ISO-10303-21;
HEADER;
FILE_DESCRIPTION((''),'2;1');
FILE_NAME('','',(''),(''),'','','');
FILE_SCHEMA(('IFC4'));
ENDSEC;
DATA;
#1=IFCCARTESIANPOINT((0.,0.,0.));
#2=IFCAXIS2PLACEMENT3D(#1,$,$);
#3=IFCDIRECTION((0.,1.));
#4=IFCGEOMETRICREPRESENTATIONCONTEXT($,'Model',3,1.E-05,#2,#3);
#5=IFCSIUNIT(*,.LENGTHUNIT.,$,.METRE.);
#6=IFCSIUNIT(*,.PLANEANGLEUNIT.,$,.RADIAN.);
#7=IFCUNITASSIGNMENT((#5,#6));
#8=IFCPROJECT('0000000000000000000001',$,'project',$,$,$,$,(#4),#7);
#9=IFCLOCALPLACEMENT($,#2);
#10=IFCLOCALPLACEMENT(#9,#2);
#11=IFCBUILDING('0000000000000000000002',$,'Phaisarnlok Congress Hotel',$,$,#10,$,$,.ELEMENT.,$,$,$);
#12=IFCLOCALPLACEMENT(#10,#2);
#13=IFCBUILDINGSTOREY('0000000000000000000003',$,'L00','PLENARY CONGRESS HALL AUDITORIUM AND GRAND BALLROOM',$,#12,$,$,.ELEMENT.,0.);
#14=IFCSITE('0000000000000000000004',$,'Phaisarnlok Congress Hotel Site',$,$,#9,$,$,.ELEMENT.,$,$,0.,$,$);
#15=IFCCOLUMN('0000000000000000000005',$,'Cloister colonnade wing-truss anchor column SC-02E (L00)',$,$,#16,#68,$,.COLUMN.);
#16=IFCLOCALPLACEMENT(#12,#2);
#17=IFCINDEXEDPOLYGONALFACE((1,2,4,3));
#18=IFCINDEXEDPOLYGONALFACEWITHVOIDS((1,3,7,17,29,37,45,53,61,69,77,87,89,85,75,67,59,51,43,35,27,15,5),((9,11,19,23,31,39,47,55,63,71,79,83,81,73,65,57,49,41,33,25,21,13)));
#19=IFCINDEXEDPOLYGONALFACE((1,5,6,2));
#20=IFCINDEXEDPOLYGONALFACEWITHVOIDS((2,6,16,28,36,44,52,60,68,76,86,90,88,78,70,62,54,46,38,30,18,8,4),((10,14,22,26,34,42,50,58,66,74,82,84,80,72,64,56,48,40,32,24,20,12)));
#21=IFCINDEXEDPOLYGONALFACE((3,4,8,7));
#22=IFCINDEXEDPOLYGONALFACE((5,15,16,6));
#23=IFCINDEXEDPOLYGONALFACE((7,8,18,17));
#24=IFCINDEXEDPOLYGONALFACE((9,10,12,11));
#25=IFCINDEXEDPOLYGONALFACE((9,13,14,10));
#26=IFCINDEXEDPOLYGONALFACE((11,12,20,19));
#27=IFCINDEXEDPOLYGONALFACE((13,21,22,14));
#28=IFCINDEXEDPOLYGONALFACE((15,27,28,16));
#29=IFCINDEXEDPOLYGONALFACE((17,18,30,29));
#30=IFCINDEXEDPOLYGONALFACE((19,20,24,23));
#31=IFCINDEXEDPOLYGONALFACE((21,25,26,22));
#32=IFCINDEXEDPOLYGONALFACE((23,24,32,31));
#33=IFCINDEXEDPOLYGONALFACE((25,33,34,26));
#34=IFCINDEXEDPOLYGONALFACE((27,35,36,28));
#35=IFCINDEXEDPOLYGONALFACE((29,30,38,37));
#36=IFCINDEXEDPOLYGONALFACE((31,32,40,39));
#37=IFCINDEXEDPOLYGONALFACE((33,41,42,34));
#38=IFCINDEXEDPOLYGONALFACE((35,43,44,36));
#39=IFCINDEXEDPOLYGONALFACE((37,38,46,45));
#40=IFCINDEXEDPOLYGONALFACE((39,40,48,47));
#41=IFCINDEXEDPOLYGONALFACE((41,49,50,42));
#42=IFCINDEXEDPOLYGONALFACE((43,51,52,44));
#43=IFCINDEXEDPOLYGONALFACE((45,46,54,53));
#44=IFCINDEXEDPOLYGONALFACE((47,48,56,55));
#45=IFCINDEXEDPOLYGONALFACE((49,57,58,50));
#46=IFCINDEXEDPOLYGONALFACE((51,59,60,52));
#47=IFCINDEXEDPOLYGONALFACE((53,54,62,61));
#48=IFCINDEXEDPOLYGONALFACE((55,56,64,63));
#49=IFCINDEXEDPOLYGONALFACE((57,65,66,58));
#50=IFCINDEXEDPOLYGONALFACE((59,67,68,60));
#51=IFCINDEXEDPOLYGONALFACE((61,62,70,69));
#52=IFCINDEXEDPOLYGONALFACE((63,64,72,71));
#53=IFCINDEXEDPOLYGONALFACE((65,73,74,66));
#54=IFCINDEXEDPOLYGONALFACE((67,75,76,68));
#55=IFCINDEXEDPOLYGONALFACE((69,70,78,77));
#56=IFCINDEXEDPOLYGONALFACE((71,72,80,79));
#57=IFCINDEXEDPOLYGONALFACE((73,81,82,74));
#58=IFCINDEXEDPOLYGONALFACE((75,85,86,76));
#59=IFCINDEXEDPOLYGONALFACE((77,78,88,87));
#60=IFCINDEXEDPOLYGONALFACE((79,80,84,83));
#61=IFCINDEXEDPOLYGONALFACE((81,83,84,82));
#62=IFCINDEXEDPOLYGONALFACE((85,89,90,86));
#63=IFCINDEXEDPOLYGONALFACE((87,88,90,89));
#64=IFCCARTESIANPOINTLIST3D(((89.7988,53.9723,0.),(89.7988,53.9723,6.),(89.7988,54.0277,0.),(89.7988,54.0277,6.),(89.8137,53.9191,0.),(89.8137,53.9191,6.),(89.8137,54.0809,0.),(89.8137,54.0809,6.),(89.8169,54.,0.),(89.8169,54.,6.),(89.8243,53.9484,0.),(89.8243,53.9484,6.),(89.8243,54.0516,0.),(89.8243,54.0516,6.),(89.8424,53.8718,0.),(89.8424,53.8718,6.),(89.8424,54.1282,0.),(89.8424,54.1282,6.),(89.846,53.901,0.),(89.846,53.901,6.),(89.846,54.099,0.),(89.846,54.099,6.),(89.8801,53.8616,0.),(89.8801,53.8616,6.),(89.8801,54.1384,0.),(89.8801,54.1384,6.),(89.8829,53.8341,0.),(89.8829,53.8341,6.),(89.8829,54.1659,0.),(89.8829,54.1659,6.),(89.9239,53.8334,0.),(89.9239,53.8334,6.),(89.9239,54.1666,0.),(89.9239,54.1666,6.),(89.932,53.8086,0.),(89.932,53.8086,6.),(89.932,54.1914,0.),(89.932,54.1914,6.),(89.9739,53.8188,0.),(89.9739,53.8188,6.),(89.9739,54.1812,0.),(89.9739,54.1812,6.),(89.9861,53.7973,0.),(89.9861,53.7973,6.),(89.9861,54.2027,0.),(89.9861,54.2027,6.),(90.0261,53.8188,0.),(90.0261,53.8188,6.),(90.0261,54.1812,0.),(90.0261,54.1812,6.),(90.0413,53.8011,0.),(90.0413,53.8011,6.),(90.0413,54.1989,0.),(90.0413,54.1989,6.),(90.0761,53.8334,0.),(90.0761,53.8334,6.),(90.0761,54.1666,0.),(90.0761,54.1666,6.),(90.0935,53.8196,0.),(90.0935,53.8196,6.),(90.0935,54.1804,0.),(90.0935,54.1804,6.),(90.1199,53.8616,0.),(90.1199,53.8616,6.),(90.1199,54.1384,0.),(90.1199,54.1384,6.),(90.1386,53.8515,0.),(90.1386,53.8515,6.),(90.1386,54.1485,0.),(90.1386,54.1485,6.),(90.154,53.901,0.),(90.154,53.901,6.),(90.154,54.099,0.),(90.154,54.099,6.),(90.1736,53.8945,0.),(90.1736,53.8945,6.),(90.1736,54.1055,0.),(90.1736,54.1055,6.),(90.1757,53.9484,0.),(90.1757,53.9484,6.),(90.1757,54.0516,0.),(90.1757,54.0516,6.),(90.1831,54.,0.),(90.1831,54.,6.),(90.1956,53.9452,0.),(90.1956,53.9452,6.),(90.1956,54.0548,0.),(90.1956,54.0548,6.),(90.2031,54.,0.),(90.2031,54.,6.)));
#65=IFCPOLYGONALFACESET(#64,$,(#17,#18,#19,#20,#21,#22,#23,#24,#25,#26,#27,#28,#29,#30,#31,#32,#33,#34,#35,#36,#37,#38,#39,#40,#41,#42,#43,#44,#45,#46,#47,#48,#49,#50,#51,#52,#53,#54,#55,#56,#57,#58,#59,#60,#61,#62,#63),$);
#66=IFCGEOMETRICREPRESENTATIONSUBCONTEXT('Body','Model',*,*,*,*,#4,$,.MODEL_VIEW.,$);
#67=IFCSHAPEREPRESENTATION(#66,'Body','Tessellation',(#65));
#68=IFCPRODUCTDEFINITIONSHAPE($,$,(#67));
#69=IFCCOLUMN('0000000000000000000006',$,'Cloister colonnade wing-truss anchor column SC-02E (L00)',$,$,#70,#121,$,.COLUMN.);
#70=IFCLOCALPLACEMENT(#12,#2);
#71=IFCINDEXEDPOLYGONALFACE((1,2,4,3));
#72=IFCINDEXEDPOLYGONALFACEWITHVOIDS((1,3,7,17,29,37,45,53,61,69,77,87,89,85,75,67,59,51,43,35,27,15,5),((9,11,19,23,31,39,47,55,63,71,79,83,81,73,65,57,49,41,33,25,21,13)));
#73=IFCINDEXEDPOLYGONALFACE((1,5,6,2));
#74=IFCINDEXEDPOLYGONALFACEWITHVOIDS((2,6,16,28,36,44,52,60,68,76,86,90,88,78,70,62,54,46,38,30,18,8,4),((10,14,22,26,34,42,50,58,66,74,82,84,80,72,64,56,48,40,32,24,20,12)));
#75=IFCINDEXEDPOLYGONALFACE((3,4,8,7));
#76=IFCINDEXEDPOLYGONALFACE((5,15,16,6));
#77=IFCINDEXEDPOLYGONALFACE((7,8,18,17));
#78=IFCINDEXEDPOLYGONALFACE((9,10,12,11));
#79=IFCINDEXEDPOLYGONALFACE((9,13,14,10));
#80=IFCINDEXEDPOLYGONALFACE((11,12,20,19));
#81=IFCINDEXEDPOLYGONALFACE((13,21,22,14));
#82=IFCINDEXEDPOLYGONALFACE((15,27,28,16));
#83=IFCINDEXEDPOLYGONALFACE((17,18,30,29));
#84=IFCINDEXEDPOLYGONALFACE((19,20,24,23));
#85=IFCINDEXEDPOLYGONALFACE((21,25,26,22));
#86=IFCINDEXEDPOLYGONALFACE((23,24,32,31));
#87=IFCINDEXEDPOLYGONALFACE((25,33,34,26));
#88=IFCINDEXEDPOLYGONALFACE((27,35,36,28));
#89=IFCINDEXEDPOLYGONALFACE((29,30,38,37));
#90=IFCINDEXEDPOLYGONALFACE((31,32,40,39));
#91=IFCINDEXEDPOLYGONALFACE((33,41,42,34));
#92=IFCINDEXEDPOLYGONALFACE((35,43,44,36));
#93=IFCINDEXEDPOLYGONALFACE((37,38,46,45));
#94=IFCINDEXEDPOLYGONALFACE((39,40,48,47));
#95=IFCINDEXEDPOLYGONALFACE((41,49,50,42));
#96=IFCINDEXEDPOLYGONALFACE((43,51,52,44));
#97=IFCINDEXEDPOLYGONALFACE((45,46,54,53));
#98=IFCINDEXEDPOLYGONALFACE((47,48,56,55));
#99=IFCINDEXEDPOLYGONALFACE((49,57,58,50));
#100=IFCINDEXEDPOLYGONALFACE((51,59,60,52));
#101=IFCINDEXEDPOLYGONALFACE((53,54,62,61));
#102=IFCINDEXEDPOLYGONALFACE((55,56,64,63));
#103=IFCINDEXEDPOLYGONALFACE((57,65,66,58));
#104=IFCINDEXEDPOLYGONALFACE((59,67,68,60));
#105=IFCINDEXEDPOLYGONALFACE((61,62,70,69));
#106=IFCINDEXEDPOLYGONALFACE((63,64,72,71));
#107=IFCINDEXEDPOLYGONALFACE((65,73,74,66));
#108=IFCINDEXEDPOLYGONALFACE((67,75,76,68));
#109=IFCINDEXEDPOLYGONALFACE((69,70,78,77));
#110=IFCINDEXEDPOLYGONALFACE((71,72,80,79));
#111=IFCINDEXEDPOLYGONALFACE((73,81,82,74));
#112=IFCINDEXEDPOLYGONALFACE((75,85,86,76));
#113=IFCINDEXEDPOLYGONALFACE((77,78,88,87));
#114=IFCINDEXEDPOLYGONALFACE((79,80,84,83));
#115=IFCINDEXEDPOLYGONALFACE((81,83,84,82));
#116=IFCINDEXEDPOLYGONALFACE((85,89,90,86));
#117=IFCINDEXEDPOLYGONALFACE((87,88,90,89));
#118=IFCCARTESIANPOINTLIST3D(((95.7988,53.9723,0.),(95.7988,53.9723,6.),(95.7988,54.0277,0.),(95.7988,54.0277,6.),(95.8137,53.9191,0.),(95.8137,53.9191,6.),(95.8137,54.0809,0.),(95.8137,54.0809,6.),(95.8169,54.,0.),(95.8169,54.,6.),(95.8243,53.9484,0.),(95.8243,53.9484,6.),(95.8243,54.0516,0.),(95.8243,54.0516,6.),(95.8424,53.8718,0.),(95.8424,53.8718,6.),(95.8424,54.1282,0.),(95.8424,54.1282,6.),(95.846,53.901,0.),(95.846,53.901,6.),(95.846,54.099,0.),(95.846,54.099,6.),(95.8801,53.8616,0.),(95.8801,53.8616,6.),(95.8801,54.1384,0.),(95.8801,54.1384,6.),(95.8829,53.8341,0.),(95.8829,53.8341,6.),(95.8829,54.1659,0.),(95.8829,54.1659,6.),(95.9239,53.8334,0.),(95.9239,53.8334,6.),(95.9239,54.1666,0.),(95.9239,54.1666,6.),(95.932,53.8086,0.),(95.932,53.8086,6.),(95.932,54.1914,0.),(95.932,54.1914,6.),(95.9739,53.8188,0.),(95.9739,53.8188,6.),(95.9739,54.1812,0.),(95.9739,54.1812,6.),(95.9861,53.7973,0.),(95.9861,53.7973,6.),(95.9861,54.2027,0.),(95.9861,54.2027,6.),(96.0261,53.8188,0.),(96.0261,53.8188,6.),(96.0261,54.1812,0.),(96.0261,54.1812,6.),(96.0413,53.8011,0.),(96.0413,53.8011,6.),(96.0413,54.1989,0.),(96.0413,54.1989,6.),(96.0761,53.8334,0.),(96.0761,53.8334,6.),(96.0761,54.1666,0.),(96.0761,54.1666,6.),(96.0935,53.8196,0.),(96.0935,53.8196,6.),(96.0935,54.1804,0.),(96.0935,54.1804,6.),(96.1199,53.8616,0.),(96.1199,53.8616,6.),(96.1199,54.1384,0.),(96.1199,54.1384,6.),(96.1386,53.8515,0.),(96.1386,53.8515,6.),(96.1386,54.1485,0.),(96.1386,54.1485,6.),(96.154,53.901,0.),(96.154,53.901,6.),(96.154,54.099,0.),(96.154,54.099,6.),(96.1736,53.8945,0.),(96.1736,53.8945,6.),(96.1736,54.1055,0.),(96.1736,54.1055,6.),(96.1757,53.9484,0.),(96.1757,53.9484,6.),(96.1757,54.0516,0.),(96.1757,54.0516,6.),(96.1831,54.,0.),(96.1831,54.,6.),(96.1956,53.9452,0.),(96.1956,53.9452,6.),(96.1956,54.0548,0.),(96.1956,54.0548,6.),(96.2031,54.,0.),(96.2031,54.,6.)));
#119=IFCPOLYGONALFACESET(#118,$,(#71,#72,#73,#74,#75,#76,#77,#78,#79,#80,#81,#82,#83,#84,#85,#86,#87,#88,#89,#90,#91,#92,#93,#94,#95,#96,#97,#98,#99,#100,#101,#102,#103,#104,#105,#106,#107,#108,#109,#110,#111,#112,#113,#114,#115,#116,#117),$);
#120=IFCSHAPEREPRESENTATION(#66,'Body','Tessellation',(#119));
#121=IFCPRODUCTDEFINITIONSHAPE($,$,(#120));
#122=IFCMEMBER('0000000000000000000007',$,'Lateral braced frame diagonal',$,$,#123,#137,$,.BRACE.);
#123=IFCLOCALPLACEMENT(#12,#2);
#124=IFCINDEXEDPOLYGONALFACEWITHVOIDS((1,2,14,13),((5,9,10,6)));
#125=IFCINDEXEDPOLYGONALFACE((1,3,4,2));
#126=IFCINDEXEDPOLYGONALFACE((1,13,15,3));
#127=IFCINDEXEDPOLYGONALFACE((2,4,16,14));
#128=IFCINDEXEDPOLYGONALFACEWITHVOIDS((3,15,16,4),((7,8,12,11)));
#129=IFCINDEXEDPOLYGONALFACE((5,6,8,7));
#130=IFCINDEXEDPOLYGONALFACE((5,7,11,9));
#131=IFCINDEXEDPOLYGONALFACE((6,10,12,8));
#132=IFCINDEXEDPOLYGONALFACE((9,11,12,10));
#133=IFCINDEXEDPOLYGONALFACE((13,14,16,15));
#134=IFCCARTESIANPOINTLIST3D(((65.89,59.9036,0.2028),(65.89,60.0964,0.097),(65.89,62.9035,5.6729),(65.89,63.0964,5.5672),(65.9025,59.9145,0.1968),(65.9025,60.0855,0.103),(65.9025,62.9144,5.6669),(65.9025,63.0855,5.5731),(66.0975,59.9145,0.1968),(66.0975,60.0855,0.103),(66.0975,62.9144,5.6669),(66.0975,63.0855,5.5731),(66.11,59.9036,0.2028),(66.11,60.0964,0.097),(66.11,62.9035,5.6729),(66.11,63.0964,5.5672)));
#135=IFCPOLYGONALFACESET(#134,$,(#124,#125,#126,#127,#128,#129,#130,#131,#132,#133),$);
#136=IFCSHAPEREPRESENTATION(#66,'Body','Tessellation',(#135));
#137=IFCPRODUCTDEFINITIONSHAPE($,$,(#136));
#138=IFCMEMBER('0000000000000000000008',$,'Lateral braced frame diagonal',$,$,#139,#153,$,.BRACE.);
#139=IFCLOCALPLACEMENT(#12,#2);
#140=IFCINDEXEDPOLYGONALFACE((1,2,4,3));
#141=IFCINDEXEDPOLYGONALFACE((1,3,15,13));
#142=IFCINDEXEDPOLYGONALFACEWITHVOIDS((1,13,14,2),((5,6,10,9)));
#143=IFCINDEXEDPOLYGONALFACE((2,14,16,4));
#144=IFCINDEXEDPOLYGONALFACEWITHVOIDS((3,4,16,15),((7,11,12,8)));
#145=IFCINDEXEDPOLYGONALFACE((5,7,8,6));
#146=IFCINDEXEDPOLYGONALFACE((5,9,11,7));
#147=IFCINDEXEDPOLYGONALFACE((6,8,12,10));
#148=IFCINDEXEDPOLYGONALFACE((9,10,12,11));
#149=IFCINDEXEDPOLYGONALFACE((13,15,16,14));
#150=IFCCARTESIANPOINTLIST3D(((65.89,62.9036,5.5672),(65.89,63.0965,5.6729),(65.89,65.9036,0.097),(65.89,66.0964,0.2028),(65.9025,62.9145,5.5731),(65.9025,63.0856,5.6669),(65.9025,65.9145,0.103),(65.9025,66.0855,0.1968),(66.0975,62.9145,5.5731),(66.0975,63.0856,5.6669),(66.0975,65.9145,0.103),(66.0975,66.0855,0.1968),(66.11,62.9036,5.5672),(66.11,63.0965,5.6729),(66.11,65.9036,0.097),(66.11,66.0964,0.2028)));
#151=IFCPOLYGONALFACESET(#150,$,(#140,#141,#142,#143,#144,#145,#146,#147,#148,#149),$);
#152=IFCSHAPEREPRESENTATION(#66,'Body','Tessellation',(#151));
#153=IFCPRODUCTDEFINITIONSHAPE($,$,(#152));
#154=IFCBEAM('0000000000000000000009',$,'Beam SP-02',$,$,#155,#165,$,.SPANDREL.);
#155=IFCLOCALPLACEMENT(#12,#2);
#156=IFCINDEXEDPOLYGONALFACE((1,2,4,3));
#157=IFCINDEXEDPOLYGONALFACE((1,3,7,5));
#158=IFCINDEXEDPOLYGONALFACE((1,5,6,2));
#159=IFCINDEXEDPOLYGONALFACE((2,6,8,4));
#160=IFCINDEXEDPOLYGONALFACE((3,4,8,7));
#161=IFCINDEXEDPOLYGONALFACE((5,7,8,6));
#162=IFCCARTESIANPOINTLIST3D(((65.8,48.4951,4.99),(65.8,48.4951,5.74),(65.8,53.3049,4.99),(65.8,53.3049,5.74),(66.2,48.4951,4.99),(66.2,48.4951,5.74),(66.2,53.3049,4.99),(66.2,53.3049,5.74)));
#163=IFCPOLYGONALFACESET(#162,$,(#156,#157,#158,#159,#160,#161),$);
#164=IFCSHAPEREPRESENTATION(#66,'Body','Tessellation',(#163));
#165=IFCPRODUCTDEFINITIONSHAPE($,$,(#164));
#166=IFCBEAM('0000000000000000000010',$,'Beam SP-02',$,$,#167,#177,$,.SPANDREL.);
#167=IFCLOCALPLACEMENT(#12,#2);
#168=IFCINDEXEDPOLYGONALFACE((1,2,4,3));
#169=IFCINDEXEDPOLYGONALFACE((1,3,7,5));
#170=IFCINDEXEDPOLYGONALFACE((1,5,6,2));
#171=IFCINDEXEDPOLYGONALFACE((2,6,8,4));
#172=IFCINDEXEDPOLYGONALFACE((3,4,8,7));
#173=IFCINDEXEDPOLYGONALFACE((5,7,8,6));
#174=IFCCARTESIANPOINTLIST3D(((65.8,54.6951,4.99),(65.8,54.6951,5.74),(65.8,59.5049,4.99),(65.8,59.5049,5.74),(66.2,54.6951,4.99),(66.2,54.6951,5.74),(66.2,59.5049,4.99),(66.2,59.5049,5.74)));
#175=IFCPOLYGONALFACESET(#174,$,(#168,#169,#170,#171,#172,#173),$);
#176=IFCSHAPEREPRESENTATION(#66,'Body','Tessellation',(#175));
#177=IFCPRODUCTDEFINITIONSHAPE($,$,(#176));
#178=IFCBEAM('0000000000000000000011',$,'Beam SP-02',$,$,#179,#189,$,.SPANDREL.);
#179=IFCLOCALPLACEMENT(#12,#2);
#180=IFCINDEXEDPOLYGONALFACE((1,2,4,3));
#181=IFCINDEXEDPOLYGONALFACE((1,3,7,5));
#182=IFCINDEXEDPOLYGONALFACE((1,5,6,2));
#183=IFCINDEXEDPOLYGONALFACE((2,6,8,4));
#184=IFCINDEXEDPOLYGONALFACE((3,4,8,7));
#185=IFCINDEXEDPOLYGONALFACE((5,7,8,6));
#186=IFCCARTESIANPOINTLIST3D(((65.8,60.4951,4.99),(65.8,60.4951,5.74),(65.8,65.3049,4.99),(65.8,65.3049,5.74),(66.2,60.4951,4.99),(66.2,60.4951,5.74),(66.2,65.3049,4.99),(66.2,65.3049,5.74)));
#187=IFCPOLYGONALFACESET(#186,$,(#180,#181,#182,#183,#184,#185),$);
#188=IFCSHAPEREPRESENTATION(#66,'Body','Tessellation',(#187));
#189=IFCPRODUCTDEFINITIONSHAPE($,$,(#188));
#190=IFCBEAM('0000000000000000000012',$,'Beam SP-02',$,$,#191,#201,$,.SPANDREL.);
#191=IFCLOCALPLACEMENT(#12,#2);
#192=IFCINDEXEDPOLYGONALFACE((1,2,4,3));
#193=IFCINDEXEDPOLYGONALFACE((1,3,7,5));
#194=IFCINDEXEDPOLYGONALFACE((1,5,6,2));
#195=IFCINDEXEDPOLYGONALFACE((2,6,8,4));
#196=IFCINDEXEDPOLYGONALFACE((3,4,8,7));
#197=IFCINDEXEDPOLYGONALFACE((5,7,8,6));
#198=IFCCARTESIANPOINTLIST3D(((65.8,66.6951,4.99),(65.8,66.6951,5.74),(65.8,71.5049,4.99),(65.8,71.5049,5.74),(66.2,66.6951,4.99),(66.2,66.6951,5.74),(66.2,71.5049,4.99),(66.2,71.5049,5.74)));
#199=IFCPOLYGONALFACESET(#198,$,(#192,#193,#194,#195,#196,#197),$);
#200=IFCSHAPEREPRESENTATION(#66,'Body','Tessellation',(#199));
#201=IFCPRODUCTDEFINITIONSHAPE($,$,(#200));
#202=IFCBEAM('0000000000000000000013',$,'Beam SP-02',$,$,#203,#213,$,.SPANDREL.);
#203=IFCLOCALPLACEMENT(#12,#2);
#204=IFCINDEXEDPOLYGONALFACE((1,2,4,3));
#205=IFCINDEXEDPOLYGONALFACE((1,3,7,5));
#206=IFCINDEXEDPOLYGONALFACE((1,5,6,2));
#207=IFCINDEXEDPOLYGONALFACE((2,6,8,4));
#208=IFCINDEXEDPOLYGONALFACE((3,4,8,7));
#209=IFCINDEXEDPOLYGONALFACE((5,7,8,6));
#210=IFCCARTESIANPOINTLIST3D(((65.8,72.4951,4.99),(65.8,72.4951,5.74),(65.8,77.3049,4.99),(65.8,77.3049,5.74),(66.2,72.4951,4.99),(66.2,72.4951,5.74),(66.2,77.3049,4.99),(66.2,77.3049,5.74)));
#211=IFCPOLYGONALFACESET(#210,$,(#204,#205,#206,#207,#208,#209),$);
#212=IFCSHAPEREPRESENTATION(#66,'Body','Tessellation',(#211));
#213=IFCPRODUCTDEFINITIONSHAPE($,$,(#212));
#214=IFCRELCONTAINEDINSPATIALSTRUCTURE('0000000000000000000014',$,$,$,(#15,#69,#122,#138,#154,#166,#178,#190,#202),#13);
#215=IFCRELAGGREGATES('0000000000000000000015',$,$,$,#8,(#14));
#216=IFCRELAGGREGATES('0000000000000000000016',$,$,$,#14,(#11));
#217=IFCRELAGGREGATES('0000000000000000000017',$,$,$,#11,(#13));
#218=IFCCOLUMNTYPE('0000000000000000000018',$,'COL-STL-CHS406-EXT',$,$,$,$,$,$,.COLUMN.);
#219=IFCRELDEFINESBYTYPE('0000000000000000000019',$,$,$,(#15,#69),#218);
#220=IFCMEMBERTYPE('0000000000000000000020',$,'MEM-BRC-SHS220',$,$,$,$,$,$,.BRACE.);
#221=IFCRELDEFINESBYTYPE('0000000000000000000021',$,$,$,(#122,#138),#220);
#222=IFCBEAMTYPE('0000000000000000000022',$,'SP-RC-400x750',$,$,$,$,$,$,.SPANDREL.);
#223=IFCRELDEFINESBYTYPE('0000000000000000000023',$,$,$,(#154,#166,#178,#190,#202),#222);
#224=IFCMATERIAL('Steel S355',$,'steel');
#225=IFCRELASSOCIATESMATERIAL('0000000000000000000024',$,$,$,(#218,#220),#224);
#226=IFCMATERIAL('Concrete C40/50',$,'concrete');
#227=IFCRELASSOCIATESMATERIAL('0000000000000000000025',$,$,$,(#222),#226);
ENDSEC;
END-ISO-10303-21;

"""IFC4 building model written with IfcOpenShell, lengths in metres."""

from ifc_helpers import new_model, si_unit, direction, frame, origin, origin_2d, place, context, subcontext, project, spatial, rectangle, hollow_rectangle, hollow_circle, extrude, material, material_profile, profile_set, type_object, element, save


model = new_model("IFC4")

# Units and contexts
model_context = context("Model", 3, precision=1e-05, world=origin(), true_north=direction((0.0, 1.0)))
body_context = subcontext(model_context, "Body", "Model", "MODEL_VIEW")
ifc_project = project(units=[si_unit("LENGTHUNIT", "METRE"), si_unit("PLANEANGLEUNIT", "RADIAN")], contexts=[model_context])

# Site, building, storey
site_placement = place(None, origin())
site = spatial("IfcSite", under=ifc_project, at=site_placement, Name="Phaisarnlok Congress Hotel Site", CompositionType="ELEMENT", RefElevation=0.0)
building_placement = place(site_placement, origin())
building = spatial("IfcBuilding", under=site, at=building_placement, Name="Phaisarnlok Congress Hotel", CompositionType="ELEMENT")
storey_placement = place(building_placement, origin())
storey = spatial("IfcBuildingStorey", under=building, at=storey_placement, Name="L00", Description="PLENARY CONGRESS HALL AUDITORIUM AND GRAND BALLROOM", CompositionType="ELEMENT", Elevation=0.0)

# Columns
ifc_material_1 = material(Name="Steel S355", Category="steel")
ifc_material_profile_1 = material_profile(ifc_material_1, hollow_circle(Radius=0.2031, WallThickness=0.02, at=origin_2d()), Name="CHS 406.4x20")
ifc_profile_set_1 = profile_set([ifc_material_profile_1], Name="Steel S355")
column_type_1 = type_object("IfcColumnType", Name="COL-STL-CHS406-EXT", PredefinedType="COLUMN", material=ifc_profile_set_1)
for number, where, z_axis, x_axis, name in (
    (1, (90.0, 54.0, 0.0), (0.0, 0.0, 1.0), (1.0, 0.0, 0.0), "Cloister colonnade wing-truss anchor column SC-02E (L00)"),
    (2, (96.0, 54.0, 0.0), (0.0, 0.0, 1.0), (1.0, 0.0, 0.0), "Cloister colonnade wing-truss anchor column SC-02E (L00)"),
):
    element("IfcColumn", number, at=place(storey_placement, frame(where, z_axis=z_axis, x_axis=x_axis)), inside=storey, type_object=column_type_1, Name=name, PredefinedType="COLUMN", context=body_context, shape_type="SweptSolid", body=[
        extrude(hollow_circle(Radius=0.2031, WallThickness=0.02, at=origin_2d()), origin(), (0.0, 0.0, 1.0), 6.0),
    ])

# Members
ifc_material_profile_2 = material_profile(ifc_material_1, hollow_rectangle(XDim=0.22, YDim=0.22, WallThickness=0.0125, at=origin_2d()), Name="SHS 220x220x12.5")
ifc_profile_set_2 = profile_set([ifc_material_profile_2], Name="Steel S355")
member_type = type_object("IfcMemberType", Name="MEM-BRC-SHS220", PredefinedType="BRACE", material=ifc_profile_set_2)
for number, where, z_axis, x_axis, name in (
    (3, (66.0, 60.0, 0.1499), (0.0, 0.480858, 0.876799), (-1.0, 0.0, 0.0), "Lateral braced frame diagonal"),
    (4, (66.0, 66.0, 0.1499), (0.0, -0.480858, 0.876799), (1.0, 0.0, 0.0), "Lateral braced frame diagonal"),
):
    element("IfcMember", number, at=place(storey_placement, frame(where, z_axis=z_axis, x_axis=x_axis)), inside=storey, type_object=member_type, Name=name, PredefinedType="BRACE", context=body_context, shape_type="SweptSolid", body=[
        extrude(hollow_rectangle(XDim=0.22, YDim=0.22, WallThickness=0.0125, at=origin_2d()), origin(), (0.0, 0.0, 1.0), 6.2388),
    ])

# Beams
ifc_material_2 = material(Name="Concrete C40/50", Category="concrete")
ifc_material_profile_3 = material_profile(ifc_material_2, rectangle(XDim=0.3999, YDim=0.75, at=origin_2d()), Name="RC 400x750")
ifc_profile_set_3 = profile_set([ifc_material_profile_3], Name="Concrete C40/50")
beam_type = type_object("IfcBeamType", Name="SP-RC-400x750", PredefinedType="SPANDREL", material=ifc_profile_set_3)
for number, where, z_axis, x_axis, name in (
    (5, (66.0, 48.4951, 5.365), (0.0, 1.0, 0.0), (-1.0, 0.0, 0.0), "Beam SP-02"),
    (6, (66.0, 54.6951, 5.365), (0.0, 1.0, 0.0), (-1.0, 0.0, 0.0), "Beam SP-02"),
    (7, (66.0, 60.4951, 5.365), (0.0, 1.0, 0.0), (-1.0, 0.0, 0.0), "Beam SP-02"),
    (8, (66.0, 66.6951, 5.365), (0.0, 1.0, 0.0), (-1.0, 0.0, 0.0), "Beam SP-02"),
    (9, (66.0, 72.4951, 5.365), (0.0, 1.0, 0.0), (-1.0, 0.0, 0.0), "Beam SP-02"),
):
    element("IfcBeam", number, at=place(storey_placement, frame(where, z_axis=z_axis, x_axis=x_axis)), inside=storey, type_object=beam_type, Name=name, PredefinedType="SPANDREL", context=body_context, shape_type="SweptSolid", body=[
        extrude(rectangle(XDim=0.3999, YDim=0.75, at=origin_2d()), origin(), (0.0, 0.0, 1.0), 4.8098),
    ])

save(model, "model.ifc")
